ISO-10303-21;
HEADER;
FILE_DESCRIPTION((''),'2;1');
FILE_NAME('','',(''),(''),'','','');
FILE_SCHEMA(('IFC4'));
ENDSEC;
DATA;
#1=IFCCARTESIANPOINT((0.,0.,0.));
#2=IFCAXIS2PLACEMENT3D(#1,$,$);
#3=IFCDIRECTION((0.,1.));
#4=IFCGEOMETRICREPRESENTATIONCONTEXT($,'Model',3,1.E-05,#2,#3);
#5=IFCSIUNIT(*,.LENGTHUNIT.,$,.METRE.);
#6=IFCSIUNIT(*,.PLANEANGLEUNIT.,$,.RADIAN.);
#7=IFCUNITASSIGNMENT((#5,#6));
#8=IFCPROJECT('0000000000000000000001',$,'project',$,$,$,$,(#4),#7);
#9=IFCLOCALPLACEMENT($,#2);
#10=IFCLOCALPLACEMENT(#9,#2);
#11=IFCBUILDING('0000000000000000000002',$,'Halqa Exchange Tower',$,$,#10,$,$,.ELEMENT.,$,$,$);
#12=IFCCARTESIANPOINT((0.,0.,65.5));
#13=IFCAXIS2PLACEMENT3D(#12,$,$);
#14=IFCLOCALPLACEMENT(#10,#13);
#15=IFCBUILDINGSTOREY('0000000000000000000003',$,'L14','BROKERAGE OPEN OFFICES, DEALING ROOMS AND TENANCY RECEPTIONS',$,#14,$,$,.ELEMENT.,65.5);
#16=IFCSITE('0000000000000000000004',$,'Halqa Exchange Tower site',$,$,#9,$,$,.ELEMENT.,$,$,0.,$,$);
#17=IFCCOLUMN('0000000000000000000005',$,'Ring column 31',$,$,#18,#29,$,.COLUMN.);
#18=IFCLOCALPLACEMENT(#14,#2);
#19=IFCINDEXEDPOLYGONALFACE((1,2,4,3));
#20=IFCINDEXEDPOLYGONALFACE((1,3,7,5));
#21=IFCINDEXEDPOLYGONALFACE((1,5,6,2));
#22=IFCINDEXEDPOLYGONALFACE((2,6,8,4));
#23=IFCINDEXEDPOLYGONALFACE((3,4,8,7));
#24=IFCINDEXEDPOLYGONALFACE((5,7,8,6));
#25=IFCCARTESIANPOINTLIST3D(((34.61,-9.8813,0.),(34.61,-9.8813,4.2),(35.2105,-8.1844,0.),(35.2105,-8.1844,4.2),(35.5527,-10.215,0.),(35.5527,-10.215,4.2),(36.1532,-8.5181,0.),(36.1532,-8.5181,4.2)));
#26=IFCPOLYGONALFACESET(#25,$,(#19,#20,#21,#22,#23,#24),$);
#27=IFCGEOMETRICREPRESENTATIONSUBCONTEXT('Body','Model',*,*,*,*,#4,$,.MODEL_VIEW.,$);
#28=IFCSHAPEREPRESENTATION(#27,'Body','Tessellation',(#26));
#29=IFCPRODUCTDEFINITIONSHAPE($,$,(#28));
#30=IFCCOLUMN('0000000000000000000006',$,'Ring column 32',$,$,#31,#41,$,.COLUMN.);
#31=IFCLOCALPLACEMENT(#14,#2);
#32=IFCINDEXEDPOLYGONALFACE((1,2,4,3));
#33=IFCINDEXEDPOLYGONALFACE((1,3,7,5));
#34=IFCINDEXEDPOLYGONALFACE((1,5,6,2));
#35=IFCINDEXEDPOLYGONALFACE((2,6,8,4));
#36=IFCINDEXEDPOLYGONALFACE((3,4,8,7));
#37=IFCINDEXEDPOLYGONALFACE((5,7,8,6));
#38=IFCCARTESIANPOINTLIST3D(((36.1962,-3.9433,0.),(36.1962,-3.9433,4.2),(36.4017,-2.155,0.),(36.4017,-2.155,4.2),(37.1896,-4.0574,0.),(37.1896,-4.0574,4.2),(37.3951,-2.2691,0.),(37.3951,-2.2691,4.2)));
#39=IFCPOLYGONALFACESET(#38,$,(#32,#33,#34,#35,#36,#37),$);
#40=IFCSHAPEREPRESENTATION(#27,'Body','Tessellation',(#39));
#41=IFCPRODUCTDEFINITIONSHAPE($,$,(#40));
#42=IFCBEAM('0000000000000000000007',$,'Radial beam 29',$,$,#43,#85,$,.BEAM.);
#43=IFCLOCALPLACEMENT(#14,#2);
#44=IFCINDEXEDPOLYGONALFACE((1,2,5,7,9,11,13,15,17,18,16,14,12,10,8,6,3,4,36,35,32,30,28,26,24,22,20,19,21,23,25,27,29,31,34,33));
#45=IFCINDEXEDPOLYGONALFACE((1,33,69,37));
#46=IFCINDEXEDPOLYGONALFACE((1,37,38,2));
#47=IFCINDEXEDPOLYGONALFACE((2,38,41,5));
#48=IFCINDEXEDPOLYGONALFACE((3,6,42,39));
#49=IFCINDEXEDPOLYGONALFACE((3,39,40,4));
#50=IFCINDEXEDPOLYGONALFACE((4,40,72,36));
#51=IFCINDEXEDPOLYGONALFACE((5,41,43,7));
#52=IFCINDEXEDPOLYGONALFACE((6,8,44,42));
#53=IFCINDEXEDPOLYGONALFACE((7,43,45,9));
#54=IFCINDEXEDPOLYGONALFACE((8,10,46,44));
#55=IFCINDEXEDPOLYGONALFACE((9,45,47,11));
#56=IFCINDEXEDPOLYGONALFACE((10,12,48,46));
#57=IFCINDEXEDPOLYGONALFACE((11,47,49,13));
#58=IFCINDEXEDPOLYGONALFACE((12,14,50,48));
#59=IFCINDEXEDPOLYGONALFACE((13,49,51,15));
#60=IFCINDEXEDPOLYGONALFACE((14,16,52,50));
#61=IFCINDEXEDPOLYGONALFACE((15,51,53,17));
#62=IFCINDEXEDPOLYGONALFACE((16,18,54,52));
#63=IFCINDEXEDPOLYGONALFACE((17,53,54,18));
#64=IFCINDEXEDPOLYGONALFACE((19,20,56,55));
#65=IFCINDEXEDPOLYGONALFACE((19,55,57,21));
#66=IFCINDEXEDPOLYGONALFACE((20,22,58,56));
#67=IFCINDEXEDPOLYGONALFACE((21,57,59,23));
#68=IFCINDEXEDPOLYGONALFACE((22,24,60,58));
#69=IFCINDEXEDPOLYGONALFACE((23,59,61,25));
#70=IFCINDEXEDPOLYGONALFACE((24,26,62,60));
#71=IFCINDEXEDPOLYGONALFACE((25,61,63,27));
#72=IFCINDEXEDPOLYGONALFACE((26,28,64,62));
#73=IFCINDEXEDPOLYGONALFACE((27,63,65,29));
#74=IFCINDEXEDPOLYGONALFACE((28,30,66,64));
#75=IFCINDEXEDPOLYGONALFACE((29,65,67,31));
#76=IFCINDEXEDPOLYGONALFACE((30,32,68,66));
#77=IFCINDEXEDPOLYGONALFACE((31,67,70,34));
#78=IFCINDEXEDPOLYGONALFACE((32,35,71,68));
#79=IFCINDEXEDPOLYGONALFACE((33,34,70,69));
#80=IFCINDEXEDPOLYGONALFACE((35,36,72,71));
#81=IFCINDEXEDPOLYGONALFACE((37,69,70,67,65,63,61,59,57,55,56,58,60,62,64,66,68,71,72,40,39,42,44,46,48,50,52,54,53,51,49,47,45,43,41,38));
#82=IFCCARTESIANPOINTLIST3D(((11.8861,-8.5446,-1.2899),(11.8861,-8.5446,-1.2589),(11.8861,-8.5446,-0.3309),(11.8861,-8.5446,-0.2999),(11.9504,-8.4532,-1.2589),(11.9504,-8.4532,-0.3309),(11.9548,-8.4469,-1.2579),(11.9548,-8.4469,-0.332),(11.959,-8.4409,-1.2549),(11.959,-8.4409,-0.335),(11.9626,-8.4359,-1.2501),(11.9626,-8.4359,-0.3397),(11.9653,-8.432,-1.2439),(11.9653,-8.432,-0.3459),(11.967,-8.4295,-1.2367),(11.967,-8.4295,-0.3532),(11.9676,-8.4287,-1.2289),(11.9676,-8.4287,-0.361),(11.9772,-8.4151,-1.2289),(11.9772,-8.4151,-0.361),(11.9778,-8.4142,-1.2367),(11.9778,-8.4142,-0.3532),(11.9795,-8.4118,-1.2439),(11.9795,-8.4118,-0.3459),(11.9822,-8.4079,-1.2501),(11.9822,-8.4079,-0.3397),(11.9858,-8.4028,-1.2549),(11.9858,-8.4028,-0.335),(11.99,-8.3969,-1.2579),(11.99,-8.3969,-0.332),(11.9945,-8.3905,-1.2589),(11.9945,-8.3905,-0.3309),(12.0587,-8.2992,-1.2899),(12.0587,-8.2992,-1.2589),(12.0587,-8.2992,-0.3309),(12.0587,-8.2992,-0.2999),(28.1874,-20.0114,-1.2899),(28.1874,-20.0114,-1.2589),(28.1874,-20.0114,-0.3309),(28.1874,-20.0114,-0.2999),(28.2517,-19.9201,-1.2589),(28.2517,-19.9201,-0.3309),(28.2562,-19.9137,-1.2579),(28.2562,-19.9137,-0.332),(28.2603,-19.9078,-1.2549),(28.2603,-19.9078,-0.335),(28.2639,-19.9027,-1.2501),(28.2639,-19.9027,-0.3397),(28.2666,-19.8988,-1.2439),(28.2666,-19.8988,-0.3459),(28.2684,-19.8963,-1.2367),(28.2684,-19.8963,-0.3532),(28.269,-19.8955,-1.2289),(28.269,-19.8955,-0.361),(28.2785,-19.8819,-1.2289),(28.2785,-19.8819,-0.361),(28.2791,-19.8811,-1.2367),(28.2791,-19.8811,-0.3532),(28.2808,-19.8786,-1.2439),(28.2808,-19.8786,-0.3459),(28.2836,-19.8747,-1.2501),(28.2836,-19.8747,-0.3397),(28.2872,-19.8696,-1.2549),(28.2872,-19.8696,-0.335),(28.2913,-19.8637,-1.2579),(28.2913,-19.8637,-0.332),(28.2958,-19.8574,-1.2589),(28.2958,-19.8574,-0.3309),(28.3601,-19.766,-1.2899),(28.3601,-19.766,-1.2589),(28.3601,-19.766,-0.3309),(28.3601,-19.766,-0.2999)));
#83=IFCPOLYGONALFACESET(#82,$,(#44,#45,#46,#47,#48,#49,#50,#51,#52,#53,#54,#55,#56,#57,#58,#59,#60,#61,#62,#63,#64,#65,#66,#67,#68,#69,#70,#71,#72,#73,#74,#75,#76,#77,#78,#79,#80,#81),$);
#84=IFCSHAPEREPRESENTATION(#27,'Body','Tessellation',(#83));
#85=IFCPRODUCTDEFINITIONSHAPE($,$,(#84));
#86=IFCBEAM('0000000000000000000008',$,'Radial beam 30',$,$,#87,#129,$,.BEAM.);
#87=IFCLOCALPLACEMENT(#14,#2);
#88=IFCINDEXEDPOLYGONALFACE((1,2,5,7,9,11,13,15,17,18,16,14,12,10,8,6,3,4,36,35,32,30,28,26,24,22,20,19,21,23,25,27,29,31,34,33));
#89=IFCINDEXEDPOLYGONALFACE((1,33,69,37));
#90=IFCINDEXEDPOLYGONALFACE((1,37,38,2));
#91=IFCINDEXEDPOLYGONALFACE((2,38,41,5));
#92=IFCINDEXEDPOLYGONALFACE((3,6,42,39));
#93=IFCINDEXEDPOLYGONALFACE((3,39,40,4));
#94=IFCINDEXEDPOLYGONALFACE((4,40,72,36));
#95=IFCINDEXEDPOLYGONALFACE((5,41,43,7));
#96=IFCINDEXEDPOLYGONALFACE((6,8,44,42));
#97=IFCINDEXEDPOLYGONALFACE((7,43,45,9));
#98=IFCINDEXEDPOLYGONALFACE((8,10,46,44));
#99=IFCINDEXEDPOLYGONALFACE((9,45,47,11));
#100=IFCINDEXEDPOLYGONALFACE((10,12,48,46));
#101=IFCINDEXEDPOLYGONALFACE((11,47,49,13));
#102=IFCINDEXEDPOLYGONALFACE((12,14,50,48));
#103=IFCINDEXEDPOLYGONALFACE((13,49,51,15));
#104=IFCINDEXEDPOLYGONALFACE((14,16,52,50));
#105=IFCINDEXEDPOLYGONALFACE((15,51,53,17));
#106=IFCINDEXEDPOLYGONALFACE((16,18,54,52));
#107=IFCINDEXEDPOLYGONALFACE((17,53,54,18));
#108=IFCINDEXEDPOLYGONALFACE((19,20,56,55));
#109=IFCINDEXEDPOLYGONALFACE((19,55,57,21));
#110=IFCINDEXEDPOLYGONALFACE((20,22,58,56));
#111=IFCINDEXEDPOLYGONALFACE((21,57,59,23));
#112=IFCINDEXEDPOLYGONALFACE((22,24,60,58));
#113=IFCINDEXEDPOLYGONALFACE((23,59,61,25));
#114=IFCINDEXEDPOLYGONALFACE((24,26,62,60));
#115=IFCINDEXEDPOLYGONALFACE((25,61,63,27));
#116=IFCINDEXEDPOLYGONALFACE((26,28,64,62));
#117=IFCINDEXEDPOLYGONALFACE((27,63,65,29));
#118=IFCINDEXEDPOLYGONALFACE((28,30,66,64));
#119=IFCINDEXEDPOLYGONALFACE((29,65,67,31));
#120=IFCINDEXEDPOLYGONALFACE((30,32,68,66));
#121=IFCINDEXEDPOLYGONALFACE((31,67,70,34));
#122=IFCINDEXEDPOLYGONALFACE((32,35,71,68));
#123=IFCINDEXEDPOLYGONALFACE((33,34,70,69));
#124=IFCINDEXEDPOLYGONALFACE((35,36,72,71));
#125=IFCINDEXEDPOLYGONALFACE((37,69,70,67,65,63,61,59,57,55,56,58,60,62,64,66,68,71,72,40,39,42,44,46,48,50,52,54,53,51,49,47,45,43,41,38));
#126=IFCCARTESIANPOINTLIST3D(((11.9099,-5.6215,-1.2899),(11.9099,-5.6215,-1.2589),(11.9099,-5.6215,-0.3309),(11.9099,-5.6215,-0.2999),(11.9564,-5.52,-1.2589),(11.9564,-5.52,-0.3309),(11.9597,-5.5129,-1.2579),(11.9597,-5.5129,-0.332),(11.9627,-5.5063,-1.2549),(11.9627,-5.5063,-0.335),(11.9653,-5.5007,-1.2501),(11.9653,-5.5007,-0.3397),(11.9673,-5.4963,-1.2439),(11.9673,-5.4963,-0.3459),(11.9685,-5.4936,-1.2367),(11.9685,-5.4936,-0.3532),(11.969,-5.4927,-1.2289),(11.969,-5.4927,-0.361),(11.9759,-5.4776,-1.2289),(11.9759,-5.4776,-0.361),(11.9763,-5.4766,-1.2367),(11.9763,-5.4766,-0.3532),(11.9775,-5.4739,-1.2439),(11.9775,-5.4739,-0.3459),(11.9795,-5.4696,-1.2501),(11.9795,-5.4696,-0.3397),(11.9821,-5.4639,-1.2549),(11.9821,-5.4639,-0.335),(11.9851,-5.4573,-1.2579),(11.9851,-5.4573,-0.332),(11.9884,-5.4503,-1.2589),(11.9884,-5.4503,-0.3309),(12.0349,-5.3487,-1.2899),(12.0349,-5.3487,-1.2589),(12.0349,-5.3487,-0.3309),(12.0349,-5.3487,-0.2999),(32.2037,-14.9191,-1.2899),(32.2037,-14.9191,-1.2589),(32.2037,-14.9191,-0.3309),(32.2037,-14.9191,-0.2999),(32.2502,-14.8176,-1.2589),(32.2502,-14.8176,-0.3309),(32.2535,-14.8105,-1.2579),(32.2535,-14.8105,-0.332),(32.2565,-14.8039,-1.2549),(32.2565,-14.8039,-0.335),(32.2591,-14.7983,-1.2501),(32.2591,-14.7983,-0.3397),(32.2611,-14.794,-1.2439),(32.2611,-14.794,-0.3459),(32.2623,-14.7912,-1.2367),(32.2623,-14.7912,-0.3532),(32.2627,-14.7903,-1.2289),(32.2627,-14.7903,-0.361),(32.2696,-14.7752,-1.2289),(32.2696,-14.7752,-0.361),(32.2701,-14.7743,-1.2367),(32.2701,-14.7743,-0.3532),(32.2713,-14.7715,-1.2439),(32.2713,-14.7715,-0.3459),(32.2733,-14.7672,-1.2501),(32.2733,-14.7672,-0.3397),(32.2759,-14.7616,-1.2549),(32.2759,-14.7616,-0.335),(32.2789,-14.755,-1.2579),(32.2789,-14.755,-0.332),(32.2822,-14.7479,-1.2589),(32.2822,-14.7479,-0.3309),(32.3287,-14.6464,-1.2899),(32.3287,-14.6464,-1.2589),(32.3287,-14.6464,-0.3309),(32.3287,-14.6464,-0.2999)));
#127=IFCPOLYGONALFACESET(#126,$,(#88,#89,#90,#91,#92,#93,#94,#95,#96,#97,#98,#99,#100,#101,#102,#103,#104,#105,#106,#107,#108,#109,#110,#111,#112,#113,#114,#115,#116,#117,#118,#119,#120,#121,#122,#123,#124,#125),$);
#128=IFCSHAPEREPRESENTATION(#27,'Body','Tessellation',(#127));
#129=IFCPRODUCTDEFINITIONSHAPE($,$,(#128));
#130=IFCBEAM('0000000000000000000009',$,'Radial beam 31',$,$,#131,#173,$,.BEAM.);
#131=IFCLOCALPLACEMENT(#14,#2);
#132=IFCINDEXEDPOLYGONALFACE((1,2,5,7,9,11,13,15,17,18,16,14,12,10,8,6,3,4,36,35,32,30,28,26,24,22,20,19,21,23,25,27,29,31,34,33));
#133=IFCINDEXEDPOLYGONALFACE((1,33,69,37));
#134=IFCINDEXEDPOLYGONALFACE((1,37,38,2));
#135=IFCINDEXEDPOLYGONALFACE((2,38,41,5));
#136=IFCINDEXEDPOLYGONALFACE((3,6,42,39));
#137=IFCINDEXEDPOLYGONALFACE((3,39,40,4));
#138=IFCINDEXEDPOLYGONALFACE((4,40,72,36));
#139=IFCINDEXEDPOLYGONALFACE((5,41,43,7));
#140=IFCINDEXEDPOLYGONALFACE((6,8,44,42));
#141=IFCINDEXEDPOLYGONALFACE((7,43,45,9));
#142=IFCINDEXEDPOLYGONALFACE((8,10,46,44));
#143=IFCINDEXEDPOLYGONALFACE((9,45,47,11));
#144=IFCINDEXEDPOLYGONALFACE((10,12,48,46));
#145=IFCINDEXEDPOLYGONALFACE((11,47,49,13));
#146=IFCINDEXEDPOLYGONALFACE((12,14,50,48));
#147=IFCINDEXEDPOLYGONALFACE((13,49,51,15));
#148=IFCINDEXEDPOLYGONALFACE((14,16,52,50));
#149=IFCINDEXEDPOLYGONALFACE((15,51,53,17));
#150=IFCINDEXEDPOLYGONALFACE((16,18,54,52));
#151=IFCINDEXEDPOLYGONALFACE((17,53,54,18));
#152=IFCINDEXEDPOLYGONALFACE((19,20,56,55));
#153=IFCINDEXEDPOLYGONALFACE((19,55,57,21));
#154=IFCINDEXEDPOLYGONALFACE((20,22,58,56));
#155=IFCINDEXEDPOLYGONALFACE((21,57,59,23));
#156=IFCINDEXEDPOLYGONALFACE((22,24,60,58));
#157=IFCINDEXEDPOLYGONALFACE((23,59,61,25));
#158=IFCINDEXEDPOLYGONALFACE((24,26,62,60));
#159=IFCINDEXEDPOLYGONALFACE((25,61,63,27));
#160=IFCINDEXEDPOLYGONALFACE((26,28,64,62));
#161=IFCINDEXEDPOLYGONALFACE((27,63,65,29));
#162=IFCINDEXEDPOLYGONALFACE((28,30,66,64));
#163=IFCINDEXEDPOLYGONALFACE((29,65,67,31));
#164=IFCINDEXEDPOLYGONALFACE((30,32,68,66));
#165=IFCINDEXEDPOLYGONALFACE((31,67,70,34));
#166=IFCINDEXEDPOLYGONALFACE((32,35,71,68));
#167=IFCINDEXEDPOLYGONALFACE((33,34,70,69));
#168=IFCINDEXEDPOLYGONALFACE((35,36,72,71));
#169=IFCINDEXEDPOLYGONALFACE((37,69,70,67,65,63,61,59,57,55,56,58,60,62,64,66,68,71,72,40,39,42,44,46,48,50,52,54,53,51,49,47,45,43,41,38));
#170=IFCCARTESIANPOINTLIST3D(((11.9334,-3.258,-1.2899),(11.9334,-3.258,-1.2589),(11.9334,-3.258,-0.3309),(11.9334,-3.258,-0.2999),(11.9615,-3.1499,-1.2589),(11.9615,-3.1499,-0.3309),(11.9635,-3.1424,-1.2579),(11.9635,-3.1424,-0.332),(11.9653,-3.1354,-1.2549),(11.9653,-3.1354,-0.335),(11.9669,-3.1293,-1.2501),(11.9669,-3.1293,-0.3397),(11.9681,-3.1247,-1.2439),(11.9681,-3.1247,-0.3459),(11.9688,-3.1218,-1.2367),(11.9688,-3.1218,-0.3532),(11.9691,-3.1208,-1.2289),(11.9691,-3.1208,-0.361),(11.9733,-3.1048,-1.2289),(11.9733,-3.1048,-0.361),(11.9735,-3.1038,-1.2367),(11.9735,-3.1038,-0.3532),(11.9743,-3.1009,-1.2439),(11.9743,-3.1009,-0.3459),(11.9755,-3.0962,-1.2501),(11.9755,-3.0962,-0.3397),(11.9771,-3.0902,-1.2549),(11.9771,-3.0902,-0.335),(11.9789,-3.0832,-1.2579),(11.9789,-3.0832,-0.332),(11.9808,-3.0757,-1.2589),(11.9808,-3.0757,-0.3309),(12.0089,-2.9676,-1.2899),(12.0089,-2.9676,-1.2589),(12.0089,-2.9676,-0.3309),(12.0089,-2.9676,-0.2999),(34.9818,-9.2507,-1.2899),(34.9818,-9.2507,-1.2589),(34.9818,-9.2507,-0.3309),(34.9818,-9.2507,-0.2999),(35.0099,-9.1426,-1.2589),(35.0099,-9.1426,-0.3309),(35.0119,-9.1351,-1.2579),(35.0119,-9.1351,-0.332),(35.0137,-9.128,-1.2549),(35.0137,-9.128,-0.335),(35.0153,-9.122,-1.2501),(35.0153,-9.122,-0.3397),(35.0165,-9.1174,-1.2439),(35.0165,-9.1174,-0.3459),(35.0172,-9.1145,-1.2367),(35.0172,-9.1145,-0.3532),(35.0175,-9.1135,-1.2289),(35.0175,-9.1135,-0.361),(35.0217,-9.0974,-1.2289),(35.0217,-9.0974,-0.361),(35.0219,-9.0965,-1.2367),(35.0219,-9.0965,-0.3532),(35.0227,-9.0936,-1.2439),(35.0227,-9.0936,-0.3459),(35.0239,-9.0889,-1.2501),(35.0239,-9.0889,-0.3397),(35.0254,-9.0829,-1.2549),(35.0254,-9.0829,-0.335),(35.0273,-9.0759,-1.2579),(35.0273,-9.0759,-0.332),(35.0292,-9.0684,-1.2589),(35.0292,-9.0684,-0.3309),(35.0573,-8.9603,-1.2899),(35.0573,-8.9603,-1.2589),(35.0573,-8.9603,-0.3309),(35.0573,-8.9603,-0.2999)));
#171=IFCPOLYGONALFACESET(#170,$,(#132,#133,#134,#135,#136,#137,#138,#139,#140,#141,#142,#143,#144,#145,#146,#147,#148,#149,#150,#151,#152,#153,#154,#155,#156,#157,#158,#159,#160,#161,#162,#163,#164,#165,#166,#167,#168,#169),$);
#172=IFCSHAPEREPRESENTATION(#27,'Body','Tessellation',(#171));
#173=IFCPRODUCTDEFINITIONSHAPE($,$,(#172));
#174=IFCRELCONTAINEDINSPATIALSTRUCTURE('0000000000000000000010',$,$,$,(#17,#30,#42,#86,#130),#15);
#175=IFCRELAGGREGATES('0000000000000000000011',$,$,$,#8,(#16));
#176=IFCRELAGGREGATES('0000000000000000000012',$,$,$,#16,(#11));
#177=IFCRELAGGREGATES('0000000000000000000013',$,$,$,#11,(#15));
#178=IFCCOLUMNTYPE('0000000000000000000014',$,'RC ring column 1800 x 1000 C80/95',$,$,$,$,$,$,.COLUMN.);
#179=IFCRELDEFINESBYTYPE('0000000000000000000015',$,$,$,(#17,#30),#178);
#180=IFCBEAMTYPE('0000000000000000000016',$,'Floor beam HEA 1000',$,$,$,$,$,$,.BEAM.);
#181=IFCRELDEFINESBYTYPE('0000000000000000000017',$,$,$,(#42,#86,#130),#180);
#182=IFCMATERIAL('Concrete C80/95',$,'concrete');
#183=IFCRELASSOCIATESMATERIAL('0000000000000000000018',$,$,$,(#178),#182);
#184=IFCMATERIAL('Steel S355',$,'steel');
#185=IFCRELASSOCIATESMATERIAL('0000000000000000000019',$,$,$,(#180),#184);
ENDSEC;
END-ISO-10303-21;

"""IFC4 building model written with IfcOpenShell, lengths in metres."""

from ifc_helpers import new_model, si_unit, direction, frame, origin, origin_2d, place, context, subcontext, project, spatial, rectangle, i_section, extrude, material, material_profile, profile_set, type_object, element, save


model = new_model("IFC4")

# Units and contexts
model_context = context("Model", 3, precision=1e-05, world=origin(), true_north=direction((0.0, 1.0)))
body_context = subcontext(model_context, "Body", "Model", "MODEL_VIEW")
ifc_project = project(units=[si_unit("LENGTHUNIT", "METRE"), si_unit("PLANEANGLEUNIT", "RADIAN")], contexts=[model_context])

# Site, building, storey
site_placement = place(None, origin())
site = spatial("IfcSite", under=ifc_project, at=site_placement, Name="Halqa Exchange Tower site", CompositionType="ELEMENT", RefElevation=0.0)
building_placement = place(site_placement, origin())
building = spatial("IfcBuilding", under=site, at=building_placement, Name="Halqa Exchange Tower", CompositionType="ELEMENT")
storey_placement = place(building_placement, frame((0.0, 0.0, 65.5)))
storey = spatial("IfcBuildingStorey", under=building, at=storey_placement, Name="L14", Description="BROKERAGE OPEN OFFICES, DEALING ROOMS AND TENANCY RECEPTIONS", CompositionType="ELEMENT", Elevation=65.5)

# Columns
ifc_material_1 = material(Name="Concrete C80/95", Category="concrete")
ifc_material_profile_1 = material_profile(ifc_material_1, rectangle(XDim=1.8, YDim=1.0, at=origin_2d()), Name="1800 x 1000")
ifc_profile_set_1 = profile_set([ifc_material_profile_1], Name="Concrete C80/95")
column_type = type_object("IfcColumnType", Name="RC ring column 1800 x 1000 C80/95", PredefinedType="COLUMN", material=ifc_profile_set_1)
for number, where, z_axis, x_axis, name in (
    (1, (35.3816, -9.1997, 0.0), (0.0, 0.0, 1.0), (0.333629, 0.942704, 0.0), "Ring column 31"),
    (2, (36.7957, -3.1062, 0.0), (0.0, 0.0, 1.0), (0.11416, 0.993462, 0.0), "Ring column 32"),
):
    element("IfcColumn", number, at=place(storey_placement, frame(where, z_axis=z_axis, x_axis=x_axis)), inside=storey, type_object=column_type, Name=name, PredefinedType="COLUMN", context=body_context, shape_type="SweptSolid", body=[
        extrude(rectangle(XDim=1.8, YDim=1.0, at=origin_2d()), origin(), (0.0, 0.0, 1.0), 4.2),
    ])

# Beams
ifc_material_2 = material(Name="Steel S355", Category="steel")
ifc_material_profile_2 = material_profile(ifc_material_2, i_section(OverallWidth=0.3, OverallDepth=0.99, WebThickness=0.0166, FlangeThickness=0.031, FilletRadius=0.03, at=origin_2d()), Name="HEA 1000")
ifc_profile_set_2 = profile_set([ifc_material_profile_2], Name="Steel S355")
beam_type_1 = type_object("IfcBeamType", Name="Floor beam HEA 1000", PredefinedType="BEAM", material=ifc_profile_set_2)
beam_1_placement = place(storey_placement, frame((11.9724, -8.4219, -0.7949), z_axis=(0.817912, -0.575344, 0.0), x_axis=(0.575344, 0.817912, 0.0)))
element("IfcBeam", 3, at=beam_1_placement, inside=storey, type_object=beam_type_1, Name="Radial beam 29", PredefinedType="BEAM", context=body_context, shape_type="SweptSolid", body=[
    extrude(i_section(OverallWidth=0.3, OverallDepth=0.99, WebThickness=0.0166, FlangeThickness=0.031, FilletRadius=0.03, at=origin_2d()), origin(), (0.0, 0.0, 1.0), 19.9304),
])
beam_2_placement = place(storey_placement, frame((11.9724, -5.4851, -0.7949), z_axis=(0.909127, -0.416519, 0.0), x_axis=(0.416519, 0.909127, 0.0)))
element("IfcBeam", 4, at=beam_2_placement, inside=storey, type_object=beam_type_1, Name="Radial beam 30", PredefinedType="BEAM", context=body_context, shape_type="SweptSolid", body=[
    extrude(i_section(OverallWidth=0.3, OverallDepth=0.99, WebThickness=0.0166, FlangeThickness=0.031, FilletRadius=0.03, at=origin_2d()), origin(), (0.0, 0.0, 1.0), 22.3223),
])
beam_3_placement = place(storey_placement, frame((11.9712, -3.1128, -0.7949), z_axis=(0.967821, -0.251638, 0.0), x_axis=(0.251638, 0.967821, 0.0)))
element("IfcBeam", 5, at=beam_3_placement, inside=storey, type_object=beam_type_1, Name="Radial beam 31", PredefinedType="BEAM", context=body_context, shape_type="SweptSolid", body=[
    extrude(i_section(OverallWidth=0.3, OverallDepth=0.99, WebThickness=0.0166, FlangeThickness=0.031, FilletRadius=0.03, at=origin_2d()), origin(), (0.0, 0.0, 1.0), 23.8147),
])

save(model, "model.ifc")
